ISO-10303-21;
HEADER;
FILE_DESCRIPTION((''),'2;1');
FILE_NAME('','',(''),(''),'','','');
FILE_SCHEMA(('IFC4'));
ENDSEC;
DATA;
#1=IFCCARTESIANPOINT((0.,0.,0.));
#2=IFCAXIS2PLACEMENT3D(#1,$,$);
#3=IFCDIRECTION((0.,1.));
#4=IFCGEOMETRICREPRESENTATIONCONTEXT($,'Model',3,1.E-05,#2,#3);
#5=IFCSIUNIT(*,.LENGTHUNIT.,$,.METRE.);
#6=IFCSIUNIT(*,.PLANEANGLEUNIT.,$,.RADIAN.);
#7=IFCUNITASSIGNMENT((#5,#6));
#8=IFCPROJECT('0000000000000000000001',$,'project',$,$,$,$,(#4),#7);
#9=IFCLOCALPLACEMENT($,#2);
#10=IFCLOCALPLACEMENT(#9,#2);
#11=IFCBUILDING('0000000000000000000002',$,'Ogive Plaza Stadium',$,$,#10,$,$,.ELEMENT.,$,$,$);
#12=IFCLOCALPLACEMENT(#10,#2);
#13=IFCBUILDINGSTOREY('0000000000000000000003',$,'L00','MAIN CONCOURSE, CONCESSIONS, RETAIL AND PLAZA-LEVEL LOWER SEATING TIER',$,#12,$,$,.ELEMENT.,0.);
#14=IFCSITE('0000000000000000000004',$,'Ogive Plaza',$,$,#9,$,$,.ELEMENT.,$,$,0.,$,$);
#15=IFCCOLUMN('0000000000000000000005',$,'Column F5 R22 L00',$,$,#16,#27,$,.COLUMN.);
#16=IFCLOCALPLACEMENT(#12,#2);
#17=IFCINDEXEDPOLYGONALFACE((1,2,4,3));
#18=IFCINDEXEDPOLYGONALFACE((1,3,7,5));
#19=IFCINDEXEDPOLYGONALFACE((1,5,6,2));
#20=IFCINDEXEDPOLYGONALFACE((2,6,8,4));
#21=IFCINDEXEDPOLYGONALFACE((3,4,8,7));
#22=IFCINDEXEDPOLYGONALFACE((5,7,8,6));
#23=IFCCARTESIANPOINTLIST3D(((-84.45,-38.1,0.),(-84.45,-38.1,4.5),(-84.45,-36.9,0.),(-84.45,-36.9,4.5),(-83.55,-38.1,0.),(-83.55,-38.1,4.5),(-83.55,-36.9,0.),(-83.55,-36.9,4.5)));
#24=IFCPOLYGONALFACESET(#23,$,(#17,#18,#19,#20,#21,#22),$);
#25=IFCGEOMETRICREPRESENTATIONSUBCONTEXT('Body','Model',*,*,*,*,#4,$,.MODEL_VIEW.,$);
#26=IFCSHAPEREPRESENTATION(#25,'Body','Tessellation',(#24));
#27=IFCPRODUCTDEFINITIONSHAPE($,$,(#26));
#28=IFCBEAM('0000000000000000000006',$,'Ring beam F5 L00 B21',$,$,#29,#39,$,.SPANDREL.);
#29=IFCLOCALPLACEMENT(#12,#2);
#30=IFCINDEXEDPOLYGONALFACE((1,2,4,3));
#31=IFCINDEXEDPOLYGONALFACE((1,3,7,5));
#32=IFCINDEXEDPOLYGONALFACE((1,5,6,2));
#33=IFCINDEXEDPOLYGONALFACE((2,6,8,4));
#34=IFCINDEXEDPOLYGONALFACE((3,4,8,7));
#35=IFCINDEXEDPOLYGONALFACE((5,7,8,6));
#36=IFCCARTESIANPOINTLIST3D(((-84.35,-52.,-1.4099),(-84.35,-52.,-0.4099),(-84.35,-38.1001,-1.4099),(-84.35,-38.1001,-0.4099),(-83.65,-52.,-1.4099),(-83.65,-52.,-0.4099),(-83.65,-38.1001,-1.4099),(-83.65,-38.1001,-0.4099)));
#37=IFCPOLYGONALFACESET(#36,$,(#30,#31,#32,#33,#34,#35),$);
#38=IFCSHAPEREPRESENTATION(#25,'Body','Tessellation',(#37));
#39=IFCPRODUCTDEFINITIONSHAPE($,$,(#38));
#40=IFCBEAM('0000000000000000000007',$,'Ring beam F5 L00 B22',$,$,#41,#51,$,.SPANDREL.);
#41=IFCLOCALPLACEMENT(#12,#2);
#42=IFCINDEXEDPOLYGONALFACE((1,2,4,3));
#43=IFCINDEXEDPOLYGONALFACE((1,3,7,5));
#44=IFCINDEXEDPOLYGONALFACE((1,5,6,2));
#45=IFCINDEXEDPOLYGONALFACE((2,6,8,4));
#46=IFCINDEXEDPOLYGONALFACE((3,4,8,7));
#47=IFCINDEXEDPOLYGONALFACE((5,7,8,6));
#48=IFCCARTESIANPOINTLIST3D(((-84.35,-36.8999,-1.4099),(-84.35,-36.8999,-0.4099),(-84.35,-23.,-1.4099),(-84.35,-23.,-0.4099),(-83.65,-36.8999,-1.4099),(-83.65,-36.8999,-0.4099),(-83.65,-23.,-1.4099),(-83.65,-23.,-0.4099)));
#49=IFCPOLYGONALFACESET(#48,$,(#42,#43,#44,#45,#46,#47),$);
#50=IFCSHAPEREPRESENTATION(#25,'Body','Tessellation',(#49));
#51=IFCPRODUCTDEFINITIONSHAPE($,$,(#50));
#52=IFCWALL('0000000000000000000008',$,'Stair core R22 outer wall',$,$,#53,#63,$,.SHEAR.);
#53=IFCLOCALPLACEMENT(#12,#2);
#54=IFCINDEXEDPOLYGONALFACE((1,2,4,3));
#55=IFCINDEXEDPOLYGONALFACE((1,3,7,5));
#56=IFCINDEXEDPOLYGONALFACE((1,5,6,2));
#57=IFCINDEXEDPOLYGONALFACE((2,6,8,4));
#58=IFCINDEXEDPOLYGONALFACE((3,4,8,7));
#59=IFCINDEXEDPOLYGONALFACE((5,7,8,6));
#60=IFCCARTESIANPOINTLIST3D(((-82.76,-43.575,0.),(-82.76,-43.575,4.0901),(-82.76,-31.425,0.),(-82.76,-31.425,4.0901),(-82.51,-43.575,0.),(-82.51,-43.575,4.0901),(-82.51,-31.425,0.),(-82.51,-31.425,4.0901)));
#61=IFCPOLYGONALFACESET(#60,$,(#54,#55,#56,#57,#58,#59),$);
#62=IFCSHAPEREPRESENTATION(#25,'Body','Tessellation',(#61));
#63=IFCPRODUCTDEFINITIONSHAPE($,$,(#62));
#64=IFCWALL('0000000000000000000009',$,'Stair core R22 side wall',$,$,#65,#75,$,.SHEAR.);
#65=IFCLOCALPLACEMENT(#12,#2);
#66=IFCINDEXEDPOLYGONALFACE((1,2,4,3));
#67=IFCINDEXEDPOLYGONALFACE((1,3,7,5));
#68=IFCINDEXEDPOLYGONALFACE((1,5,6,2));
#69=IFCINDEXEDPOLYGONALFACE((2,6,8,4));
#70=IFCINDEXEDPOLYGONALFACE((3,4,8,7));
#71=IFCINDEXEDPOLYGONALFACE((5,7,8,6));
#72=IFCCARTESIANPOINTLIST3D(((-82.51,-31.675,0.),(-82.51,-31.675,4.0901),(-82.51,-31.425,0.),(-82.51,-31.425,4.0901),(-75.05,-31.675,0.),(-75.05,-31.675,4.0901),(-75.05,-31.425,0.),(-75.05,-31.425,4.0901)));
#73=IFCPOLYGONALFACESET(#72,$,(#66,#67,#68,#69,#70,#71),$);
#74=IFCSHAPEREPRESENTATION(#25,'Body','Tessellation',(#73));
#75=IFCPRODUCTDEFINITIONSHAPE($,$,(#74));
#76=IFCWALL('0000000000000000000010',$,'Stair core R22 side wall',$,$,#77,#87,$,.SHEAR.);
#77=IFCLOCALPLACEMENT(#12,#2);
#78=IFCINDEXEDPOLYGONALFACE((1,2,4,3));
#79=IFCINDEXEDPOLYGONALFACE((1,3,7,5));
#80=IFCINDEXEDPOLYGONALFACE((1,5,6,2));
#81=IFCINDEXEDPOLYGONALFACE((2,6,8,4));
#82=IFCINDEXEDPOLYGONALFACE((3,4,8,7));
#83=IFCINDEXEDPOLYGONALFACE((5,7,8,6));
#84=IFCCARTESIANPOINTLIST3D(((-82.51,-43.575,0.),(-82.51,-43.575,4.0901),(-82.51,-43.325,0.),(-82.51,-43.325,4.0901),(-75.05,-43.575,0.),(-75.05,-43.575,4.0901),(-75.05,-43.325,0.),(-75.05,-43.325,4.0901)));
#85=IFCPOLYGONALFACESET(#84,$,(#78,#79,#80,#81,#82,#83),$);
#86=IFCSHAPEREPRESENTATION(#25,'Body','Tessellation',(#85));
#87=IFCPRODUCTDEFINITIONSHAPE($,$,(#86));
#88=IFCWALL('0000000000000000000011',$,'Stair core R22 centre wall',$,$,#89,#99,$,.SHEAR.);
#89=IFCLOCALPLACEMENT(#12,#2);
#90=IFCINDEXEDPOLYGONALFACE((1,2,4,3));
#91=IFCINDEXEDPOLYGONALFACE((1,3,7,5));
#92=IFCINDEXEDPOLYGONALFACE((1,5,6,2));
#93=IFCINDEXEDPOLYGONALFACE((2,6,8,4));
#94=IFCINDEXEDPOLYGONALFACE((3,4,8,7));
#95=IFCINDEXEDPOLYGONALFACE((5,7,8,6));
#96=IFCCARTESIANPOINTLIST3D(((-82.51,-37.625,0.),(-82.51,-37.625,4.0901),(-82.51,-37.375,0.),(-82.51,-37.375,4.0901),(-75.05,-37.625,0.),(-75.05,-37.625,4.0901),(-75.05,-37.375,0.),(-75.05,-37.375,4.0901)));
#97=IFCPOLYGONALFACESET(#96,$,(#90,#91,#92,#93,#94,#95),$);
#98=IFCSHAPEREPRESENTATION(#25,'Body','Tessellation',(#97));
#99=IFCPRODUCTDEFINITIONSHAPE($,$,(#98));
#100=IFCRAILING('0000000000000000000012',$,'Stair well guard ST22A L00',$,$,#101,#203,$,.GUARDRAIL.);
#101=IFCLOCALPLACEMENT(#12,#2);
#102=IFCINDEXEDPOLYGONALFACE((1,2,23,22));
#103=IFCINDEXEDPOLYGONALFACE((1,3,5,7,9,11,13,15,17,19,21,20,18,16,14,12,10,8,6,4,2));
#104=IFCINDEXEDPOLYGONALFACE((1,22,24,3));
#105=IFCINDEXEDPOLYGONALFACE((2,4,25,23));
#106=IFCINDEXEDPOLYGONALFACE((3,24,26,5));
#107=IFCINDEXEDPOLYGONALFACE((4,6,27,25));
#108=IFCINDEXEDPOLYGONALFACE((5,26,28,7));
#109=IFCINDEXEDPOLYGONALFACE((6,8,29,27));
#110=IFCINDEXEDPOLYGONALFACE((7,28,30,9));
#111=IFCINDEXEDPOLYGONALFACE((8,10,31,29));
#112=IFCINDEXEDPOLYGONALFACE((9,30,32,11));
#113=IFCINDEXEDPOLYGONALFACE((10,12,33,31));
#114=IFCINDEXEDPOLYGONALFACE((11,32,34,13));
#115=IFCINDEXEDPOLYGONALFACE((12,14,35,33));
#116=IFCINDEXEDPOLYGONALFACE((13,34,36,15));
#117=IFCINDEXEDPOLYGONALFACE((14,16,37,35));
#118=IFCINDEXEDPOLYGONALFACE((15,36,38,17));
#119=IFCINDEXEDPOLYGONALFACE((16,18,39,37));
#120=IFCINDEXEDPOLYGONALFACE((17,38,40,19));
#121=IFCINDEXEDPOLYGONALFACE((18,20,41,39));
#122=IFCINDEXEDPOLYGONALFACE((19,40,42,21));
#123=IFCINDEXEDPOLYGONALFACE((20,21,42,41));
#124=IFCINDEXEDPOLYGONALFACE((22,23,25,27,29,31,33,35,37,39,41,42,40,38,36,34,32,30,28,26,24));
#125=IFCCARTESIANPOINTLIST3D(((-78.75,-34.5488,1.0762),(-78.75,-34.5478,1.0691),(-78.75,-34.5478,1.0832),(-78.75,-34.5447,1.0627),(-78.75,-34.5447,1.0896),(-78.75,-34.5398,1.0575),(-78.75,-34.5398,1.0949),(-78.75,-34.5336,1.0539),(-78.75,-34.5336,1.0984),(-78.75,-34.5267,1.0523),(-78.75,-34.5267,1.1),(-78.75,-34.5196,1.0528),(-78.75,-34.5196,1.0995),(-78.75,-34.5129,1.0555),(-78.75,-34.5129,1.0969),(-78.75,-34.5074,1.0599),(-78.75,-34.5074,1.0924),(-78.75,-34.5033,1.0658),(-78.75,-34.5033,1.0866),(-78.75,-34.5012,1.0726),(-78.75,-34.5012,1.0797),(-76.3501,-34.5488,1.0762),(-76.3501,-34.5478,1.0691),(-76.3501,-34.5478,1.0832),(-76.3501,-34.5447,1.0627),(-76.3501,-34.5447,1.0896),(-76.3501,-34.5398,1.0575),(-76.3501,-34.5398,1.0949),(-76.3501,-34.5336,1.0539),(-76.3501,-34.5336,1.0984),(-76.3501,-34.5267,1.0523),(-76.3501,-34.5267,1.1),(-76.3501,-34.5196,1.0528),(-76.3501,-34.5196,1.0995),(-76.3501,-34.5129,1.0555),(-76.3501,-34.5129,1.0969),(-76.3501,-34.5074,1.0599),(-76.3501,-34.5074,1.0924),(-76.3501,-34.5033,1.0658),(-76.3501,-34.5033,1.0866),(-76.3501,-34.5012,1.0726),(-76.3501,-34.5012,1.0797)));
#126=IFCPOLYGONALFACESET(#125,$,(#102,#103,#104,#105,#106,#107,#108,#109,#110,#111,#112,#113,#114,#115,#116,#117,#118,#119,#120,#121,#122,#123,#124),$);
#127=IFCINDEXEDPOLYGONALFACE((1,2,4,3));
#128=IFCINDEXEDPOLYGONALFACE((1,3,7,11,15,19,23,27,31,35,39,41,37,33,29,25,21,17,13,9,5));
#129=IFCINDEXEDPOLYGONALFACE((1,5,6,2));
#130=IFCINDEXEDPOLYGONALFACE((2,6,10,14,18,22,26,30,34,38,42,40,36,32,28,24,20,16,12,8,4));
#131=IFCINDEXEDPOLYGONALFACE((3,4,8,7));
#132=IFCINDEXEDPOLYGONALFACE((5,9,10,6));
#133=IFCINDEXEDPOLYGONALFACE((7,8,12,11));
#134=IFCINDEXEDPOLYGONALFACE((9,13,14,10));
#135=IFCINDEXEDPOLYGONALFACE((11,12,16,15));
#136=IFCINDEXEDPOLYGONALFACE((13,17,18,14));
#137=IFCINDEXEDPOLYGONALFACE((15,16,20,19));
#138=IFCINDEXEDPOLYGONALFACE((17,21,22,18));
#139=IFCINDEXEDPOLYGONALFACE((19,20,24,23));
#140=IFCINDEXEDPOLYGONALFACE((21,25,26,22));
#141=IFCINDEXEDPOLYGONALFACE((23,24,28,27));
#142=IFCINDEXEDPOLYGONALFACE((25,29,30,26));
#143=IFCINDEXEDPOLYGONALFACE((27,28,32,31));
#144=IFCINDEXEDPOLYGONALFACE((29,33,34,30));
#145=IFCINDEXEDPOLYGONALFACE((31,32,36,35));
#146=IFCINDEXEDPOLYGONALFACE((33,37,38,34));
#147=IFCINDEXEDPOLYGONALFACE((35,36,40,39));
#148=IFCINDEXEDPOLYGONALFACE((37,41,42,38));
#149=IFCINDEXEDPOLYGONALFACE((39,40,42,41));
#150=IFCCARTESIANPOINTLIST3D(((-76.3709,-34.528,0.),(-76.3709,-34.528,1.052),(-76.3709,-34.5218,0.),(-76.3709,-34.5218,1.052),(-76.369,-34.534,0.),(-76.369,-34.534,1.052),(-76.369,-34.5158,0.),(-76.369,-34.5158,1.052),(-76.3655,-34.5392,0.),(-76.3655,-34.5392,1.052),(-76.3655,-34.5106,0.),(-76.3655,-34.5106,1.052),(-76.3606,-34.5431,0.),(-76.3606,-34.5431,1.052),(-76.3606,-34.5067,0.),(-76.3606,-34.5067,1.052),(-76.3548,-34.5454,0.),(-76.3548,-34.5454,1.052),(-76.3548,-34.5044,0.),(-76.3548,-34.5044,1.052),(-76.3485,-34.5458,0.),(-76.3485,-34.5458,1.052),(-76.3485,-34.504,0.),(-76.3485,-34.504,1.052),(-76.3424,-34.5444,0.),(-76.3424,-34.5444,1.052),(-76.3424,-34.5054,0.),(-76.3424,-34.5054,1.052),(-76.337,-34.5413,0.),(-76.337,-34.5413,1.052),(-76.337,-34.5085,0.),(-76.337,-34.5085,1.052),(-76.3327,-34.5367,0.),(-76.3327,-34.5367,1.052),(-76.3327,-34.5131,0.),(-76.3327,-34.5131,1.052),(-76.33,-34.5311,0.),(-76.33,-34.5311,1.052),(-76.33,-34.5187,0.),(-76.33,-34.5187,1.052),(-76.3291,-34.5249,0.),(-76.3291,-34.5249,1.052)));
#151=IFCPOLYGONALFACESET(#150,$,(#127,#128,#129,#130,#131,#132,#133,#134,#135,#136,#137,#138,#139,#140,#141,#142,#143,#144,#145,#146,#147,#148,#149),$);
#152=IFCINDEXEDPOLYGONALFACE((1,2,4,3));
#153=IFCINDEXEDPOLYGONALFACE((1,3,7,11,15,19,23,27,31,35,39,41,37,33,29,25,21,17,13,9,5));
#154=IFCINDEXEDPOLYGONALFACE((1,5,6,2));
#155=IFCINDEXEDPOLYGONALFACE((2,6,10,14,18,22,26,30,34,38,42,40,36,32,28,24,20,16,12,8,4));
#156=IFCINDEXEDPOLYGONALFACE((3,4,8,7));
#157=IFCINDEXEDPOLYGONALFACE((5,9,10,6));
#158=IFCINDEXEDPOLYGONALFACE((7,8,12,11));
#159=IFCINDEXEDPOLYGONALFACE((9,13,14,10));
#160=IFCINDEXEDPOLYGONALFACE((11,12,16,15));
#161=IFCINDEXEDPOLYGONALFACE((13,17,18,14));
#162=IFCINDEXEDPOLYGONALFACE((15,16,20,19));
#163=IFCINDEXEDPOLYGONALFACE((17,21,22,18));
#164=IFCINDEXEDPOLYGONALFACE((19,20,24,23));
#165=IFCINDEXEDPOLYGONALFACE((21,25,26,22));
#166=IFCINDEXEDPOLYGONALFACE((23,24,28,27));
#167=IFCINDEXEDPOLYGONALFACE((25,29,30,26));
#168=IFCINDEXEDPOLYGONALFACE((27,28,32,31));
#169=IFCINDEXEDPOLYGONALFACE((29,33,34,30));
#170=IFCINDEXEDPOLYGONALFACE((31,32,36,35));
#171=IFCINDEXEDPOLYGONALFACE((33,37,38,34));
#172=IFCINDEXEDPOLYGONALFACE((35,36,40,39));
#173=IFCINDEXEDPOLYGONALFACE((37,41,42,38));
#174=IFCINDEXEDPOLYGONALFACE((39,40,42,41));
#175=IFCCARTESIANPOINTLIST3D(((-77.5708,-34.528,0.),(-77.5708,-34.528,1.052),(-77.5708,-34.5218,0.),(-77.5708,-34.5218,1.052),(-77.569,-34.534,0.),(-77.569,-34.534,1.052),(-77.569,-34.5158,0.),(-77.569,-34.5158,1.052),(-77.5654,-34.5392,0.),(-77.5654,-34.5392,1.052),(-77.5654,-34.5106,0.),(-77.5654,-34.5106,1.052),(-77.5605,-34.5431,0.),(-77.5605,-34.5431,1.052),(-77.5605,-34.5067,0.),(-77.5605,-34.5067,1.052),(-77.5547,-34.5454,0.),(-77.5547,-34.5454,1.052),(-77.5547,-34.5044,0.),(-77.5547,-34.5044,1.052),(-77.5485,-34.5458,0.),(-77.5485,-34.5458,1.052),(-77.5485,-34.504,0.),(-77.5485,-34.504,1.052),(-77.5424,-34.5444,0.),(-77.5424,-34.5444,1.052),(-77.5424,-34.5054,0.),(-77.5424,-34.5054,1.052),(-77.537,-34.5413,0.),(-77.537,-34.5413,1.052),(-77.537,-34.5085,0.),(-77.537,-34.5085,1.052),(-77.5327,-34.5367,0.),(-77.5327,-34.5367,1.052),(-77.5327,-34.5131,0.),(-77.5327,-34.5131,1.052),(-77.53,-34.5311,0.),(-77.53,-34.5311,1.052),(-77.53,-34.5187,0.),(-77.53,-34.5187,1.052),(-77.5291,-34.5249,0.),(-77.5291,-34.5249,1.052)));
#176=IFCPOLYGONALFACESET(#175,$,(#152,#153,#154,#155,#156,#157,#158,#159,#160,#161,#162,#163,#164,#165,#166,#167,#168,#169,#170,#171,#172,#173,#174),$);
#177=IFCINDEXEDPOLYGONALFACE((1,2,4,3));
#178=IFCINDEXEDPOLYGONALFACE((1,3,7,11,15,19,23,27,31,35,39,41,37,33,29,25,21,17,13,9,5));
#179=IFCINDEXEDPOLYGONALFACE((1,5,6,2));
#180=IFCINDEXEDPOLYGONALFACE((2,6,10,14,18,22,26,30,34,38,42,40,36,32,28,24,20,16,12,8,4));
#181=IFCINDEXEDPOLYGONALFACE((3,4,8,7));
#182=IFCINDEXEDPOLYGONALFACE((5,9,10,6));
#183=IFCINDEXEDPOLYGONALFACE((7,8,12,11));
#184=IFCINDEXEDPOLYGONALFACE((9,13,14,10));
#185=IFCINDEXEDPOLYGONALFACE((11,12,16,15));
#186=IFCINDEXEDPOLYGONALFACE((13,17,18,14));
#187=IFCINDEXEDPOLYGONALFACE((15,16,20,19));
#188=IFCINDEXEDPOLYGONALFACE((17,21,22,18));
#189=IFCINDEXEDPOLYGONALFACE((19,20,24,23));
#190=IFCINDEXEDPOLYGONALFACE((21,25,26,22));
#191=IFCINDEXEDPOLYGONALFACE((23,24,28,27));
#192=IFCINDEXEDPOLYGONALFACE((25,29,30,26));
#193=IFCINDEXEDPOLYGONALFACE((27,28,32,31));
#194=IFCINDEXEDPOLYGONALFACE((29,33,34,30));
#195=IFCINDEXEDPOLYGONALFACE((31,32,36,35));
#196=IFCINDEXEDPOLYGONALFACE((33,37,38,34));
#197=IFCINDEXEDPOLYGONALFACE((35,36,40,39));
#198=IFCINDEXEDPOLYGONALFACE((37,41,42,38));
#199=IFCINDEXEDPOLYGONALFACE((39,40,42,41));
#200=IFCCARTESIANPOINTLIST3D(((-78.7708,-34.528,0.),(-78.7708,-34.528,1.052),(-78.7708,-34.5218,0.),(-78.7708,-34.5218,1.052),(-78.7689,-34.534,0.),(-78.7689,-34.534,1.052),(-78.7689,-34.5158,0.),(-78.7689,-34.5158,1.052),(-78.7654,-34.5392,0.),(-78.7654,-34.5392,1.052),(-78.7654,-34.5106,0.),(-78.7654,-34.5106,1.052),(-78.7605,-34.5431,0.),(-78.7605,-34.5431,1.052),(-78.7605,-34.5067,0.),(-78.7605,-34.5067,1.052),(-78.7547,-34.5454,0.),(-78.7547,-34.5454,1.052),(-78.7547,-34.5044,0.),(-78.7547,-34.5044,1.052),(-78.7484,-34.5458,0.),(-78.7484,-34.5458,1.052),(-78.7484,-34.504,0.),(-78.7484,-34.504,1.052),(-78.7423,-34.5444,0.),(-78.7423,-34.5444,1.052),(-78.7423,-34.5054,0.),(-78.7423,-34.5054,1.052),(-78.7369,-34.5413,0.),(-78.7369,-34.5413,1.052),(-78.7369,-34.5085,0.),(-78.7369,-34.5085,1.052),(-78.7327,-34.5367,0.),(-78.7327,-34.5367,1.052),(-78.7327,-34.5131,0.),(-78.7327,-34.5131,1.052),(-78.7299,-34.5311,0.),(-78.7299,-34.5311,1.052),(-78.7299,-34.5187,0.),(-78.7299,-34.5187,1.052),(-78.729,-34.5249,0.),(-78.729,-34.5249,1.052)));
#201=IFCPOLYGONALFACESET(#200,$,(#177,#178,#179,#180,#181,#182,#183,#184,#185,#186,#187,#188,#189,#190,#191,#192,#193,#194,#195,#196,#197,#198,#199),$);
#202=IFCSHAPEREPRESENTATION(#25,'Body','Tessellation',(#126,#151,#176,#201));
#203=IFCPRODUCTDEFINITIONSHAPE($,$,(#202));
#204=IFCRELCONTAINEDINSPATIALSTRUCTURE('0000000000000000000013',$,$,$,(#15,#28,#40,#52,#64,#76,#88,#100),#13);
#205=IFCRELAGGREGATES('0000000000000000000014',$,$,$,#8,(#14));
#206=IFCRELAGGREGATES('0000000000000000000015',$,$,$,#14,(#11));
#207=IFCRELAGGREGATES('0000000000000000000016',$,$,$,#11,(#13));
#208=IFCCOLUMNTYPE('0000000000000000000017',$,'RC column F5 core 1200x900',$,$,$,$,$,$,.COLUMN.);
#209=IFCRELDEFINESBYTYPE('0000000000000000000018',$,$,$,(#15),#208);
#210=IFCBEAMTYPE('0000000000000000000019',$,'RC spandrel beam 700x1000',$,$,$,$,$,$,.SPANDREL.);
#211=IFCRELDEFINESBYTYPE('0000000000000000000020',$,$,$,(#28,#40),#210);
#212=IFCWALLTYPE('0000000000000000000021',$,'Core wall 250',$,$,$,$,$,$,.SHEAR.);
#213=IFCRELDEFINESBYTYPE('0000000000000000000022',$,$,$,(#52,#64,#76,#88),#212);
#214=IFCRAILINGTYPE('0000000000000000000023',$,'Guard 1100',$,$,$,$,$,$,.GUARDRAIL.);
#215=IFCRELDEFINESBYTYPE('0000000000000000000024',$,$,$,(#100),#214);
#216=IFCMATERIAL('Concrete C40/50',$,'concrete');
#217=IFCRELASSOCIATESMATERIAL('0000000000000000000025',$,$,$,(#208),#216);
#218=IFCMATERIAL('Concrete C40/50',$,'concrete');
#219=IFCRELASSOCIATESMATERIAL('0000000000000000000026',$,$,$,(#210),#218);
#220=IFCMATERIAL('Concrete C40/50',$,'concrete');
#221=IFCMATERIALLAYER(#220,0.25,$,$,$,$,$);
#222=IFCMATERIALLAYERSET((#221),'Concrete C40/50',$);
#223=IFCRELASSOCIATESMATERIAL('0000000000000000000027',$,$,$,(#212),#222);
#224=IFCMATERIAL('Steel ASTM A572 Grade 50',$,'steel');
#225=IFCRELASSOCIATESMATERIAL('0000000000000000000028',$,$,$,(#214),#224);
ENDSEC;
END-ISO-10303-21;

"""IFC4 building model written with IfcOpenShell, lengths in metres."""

from ifc_helpers import new_model, si_unit, direction, frame, frame_2d, origin, origin_2d, place, context, subcontext, project, spatial, rectangle, circle, extrude, material, layer, layer_set, material_profile, profile_set, type_object, element, save


model = new_model("IFC4")

# Units and contexts
model_context = context("Model", 3, precision=1e-05, world=origin(), true_north=direction((0.0, 1.0)))
body_context = subcontext(model_context, "Body", "Model", "MODEL_VIEW")
ifc_project = project(units=[si_unit("LENGTHUNIT", "METRE"), si_unit("PLANEANGLEUNIT", "RADIAN")], contexts=[model_context])

# Site, building, storey
site_placement = place(None, origin())
site = spatial("IfcSite", under=ifc_project, at=site_placement, Name="Ogive Plaza", CompositionType="ELEMENT", RefElevation=0.0)
building_placement = place(site_placement, origin())
building = spatial("IfcBuilding", under=site, at=building_placement, Name="Ogive Plaza Stadium", CompositionType="ELEMENT")
storey_placement = place(building_placement, origin())
storey = spatial("IfcBuildingStorey", under=building, at=storey_placement, Name="L00", Description="MAIN CONCOURSE, CONCESSIONS, RETAIL AND PLAZA-LEVEL LOWER SEATING TIER", CompositionType="ELEMENT", Elevation=0.0)

# Column
ifc_material_1 = material(Name="Concrete C40/50", Category="concrete")
ifc_material_profile_1 = material_profile(ifc_material_1, rectangle(XDim=1.2, YDim=0.8999, at=origin_2d()), Name="RC 1200x900")
ifc_profile_set_1 = profile_set([ifc_material_profile_1], Name="Concrete C40/50")
column_type = type_object("IfcColumnType", Name="RC column F5 core 1200x900", PredefinedType="COLUMN", material=ifc_profile_set_1)
column_placement = place(storey_placement, frame((-84.0, -37.5, 0.0), z_axis=(0.0, 0.0, 1.0), x_axis=(0.0, -1.0, 0.0)))
element("IfcColumn", 1, at=column_placement, inside=storey, type_object=column_type, Name="Column F5 R22 L00", PredefinedType="COLUMN", context=body_context, shape_type="SweptSolid", body=[
    extrude(rectangle(XDim=1.2, YDim=0.8999, at=origin_2d()), origin(), (0.0, 0.0, 1.0), 4.5),
])

# Beams
ifc_material_2 = material(Name="Concrete C40/50", Category="concrete")
ifc_material_profile_2 = material_profile(ifc_material_2, rectangle(XDim=0.7, YDim=1.0, at=origin_2d()), Name="RC 700x1000")
ifc_profile_set_2 = profile_set([ifc_material_profile_2], Name="Concrete C40/50")
beam_type = type_object("IfcBeamType", Name="RC spandrel beam 700x1000", PredefinedType="SPANDREL", material=ifc_profile_set_2)
for number, where, z_axis, x_axis, name in (
    (2, (-84.0, -52.0, -0.9099), (0.0, 1.0, 0.0), (-1.0, 0.0, 0.0), "Ring beam F5 L00 B21"),
    (3, (-84.0, -36.8999, -0.9099), (0.0, 1.0, 0.0), (-1.0, 0.0, 0.0), "Ring beam F5 L00 B22"),
):
    element("IfcBeam", number, at=place(storey_placement, frame(where, z_axis=z_axis, x_axis=x_axis)), inside=storey, type_object=beam_type, Name=name, PredefinedType="SPANDREL", context=body_context, shape_type="SweptSolid", body=[
        extrude(rectangle(XDim=0.7, YDim=1.0, at=origin_2d()), origin(), (0.0, 0.0, 1.0), 13.8999),
    ])

# Walls
ifc_material_3 = material(Name="Concrete C40/50", Category="concrete")
ifc_layer_1 = layer(ifc_material_3, 0.25)
ifc_layer_set_1 = layer_set([ifc_layer_1], Name="Concrete C40/50")
wall_type_1 = type_object("IfcWallType", Name="Core wall 250", PredefinedType="SHEAR", material=ifc_layer_set_1)
wall_1_placement = place(storey_placement, frame((-82.635, -31.425, 0.0), z_axis=(0.0, 0.0, 1.0), x_axis=(0.0, -1.0, 0.0)))
element("IfcWall", 4, at=wall_1_placement, inside=storey, type_object=wall_type_1, Name="Stair core R22 outer wall", PredefinedType="SHEAR", context=body_context, shape_type="SweptSolid", body=[
    extrude(rectangle(XDim=12.1499, YDim=0.25, at=frame_2d((6.075, 0.0))), origin(), (0.0, 0.0, 1.0), 4.0901),
])
for number, where, z_axis, x_axis, name in (
    (5, (-75.05, -31.55, 0.0), (0.0, 0.0, 1.0), (-1.0, 0.0, 0.0), "Stair core R22 side wall"),
    (6, (-75.05, -43.45, 0.0), (0.0, 0.0, 1.0), (-1.0, 0.0, 0.0), "Stair core R22 side wall"),
    (7, (-75.05, -37.5, 0.0), (0.0, 0.0, 1.0), (-1.0, 0.0, 0.0), "Stair core R22 centre wall"),
):
    element("IfcWall", number, at=place(storey_placement, frame(where, z_axis=z_axis, x_axis=x_axis)), inside=storey, type_object=wall_type_1, Name=name, PredefinedType="SHEAR", context=body_context, shape_type="SweptSolid", body=[
        extrude(rectangle(XDim=7.46, YDim=0.25, at=frame_2d((3.73, 0.0))), origin(), (0.0, 0.0, 1.0), 4.0901),
    ])

# Railing
ifc_material_4 = material(Name="Steel ASTM A572 Grade 50", Category="steel")
railing_type_1 = type_object("IfcRailingType", Name="Guard 1100", PredefinedType="GUARDRAIL", material=ifc_material_4)
for number, where, name in (
    (8, (-76.3501, -34.5249, 0.0), "Stair well guard ST22A L00"),
):
    element("IfcRailing", number, at=place(storey_placement, frame(where)), inside=storey, type_object=railing_type_1, Name=name, PredefinedType="GUARDRAIL", context=body_context, shape_type="SweptSolid", body=[
        extrude(circle(Radius=0.0239, at=origin_2d()), frame((0.0, 0.0, 1.0762), z_axis=(-1.0, 0.0, 0.0), x_axis=(0.0, -1.0, 0.0)), (0.0, 0.0, 1.0), 2.3999),
        extrude(circle(Radius=0.021, at=origin_2d()), origin(), (0.0, 0.0, 1.0), 1.052),
        extrude(circle(Radius=0.021, at=origin_2d()), frame((-1.2, 0.0, 0.0)), (0.0, 0.0, 1.0), 1.052),
        extrude(circle(Radius=0.021, at=origin_2d()), frame((-2.3999, 0.0, 0.0)), (0.0, 0.0, 1.0), 1.052),
    ])

save(model, "model.ifc")
